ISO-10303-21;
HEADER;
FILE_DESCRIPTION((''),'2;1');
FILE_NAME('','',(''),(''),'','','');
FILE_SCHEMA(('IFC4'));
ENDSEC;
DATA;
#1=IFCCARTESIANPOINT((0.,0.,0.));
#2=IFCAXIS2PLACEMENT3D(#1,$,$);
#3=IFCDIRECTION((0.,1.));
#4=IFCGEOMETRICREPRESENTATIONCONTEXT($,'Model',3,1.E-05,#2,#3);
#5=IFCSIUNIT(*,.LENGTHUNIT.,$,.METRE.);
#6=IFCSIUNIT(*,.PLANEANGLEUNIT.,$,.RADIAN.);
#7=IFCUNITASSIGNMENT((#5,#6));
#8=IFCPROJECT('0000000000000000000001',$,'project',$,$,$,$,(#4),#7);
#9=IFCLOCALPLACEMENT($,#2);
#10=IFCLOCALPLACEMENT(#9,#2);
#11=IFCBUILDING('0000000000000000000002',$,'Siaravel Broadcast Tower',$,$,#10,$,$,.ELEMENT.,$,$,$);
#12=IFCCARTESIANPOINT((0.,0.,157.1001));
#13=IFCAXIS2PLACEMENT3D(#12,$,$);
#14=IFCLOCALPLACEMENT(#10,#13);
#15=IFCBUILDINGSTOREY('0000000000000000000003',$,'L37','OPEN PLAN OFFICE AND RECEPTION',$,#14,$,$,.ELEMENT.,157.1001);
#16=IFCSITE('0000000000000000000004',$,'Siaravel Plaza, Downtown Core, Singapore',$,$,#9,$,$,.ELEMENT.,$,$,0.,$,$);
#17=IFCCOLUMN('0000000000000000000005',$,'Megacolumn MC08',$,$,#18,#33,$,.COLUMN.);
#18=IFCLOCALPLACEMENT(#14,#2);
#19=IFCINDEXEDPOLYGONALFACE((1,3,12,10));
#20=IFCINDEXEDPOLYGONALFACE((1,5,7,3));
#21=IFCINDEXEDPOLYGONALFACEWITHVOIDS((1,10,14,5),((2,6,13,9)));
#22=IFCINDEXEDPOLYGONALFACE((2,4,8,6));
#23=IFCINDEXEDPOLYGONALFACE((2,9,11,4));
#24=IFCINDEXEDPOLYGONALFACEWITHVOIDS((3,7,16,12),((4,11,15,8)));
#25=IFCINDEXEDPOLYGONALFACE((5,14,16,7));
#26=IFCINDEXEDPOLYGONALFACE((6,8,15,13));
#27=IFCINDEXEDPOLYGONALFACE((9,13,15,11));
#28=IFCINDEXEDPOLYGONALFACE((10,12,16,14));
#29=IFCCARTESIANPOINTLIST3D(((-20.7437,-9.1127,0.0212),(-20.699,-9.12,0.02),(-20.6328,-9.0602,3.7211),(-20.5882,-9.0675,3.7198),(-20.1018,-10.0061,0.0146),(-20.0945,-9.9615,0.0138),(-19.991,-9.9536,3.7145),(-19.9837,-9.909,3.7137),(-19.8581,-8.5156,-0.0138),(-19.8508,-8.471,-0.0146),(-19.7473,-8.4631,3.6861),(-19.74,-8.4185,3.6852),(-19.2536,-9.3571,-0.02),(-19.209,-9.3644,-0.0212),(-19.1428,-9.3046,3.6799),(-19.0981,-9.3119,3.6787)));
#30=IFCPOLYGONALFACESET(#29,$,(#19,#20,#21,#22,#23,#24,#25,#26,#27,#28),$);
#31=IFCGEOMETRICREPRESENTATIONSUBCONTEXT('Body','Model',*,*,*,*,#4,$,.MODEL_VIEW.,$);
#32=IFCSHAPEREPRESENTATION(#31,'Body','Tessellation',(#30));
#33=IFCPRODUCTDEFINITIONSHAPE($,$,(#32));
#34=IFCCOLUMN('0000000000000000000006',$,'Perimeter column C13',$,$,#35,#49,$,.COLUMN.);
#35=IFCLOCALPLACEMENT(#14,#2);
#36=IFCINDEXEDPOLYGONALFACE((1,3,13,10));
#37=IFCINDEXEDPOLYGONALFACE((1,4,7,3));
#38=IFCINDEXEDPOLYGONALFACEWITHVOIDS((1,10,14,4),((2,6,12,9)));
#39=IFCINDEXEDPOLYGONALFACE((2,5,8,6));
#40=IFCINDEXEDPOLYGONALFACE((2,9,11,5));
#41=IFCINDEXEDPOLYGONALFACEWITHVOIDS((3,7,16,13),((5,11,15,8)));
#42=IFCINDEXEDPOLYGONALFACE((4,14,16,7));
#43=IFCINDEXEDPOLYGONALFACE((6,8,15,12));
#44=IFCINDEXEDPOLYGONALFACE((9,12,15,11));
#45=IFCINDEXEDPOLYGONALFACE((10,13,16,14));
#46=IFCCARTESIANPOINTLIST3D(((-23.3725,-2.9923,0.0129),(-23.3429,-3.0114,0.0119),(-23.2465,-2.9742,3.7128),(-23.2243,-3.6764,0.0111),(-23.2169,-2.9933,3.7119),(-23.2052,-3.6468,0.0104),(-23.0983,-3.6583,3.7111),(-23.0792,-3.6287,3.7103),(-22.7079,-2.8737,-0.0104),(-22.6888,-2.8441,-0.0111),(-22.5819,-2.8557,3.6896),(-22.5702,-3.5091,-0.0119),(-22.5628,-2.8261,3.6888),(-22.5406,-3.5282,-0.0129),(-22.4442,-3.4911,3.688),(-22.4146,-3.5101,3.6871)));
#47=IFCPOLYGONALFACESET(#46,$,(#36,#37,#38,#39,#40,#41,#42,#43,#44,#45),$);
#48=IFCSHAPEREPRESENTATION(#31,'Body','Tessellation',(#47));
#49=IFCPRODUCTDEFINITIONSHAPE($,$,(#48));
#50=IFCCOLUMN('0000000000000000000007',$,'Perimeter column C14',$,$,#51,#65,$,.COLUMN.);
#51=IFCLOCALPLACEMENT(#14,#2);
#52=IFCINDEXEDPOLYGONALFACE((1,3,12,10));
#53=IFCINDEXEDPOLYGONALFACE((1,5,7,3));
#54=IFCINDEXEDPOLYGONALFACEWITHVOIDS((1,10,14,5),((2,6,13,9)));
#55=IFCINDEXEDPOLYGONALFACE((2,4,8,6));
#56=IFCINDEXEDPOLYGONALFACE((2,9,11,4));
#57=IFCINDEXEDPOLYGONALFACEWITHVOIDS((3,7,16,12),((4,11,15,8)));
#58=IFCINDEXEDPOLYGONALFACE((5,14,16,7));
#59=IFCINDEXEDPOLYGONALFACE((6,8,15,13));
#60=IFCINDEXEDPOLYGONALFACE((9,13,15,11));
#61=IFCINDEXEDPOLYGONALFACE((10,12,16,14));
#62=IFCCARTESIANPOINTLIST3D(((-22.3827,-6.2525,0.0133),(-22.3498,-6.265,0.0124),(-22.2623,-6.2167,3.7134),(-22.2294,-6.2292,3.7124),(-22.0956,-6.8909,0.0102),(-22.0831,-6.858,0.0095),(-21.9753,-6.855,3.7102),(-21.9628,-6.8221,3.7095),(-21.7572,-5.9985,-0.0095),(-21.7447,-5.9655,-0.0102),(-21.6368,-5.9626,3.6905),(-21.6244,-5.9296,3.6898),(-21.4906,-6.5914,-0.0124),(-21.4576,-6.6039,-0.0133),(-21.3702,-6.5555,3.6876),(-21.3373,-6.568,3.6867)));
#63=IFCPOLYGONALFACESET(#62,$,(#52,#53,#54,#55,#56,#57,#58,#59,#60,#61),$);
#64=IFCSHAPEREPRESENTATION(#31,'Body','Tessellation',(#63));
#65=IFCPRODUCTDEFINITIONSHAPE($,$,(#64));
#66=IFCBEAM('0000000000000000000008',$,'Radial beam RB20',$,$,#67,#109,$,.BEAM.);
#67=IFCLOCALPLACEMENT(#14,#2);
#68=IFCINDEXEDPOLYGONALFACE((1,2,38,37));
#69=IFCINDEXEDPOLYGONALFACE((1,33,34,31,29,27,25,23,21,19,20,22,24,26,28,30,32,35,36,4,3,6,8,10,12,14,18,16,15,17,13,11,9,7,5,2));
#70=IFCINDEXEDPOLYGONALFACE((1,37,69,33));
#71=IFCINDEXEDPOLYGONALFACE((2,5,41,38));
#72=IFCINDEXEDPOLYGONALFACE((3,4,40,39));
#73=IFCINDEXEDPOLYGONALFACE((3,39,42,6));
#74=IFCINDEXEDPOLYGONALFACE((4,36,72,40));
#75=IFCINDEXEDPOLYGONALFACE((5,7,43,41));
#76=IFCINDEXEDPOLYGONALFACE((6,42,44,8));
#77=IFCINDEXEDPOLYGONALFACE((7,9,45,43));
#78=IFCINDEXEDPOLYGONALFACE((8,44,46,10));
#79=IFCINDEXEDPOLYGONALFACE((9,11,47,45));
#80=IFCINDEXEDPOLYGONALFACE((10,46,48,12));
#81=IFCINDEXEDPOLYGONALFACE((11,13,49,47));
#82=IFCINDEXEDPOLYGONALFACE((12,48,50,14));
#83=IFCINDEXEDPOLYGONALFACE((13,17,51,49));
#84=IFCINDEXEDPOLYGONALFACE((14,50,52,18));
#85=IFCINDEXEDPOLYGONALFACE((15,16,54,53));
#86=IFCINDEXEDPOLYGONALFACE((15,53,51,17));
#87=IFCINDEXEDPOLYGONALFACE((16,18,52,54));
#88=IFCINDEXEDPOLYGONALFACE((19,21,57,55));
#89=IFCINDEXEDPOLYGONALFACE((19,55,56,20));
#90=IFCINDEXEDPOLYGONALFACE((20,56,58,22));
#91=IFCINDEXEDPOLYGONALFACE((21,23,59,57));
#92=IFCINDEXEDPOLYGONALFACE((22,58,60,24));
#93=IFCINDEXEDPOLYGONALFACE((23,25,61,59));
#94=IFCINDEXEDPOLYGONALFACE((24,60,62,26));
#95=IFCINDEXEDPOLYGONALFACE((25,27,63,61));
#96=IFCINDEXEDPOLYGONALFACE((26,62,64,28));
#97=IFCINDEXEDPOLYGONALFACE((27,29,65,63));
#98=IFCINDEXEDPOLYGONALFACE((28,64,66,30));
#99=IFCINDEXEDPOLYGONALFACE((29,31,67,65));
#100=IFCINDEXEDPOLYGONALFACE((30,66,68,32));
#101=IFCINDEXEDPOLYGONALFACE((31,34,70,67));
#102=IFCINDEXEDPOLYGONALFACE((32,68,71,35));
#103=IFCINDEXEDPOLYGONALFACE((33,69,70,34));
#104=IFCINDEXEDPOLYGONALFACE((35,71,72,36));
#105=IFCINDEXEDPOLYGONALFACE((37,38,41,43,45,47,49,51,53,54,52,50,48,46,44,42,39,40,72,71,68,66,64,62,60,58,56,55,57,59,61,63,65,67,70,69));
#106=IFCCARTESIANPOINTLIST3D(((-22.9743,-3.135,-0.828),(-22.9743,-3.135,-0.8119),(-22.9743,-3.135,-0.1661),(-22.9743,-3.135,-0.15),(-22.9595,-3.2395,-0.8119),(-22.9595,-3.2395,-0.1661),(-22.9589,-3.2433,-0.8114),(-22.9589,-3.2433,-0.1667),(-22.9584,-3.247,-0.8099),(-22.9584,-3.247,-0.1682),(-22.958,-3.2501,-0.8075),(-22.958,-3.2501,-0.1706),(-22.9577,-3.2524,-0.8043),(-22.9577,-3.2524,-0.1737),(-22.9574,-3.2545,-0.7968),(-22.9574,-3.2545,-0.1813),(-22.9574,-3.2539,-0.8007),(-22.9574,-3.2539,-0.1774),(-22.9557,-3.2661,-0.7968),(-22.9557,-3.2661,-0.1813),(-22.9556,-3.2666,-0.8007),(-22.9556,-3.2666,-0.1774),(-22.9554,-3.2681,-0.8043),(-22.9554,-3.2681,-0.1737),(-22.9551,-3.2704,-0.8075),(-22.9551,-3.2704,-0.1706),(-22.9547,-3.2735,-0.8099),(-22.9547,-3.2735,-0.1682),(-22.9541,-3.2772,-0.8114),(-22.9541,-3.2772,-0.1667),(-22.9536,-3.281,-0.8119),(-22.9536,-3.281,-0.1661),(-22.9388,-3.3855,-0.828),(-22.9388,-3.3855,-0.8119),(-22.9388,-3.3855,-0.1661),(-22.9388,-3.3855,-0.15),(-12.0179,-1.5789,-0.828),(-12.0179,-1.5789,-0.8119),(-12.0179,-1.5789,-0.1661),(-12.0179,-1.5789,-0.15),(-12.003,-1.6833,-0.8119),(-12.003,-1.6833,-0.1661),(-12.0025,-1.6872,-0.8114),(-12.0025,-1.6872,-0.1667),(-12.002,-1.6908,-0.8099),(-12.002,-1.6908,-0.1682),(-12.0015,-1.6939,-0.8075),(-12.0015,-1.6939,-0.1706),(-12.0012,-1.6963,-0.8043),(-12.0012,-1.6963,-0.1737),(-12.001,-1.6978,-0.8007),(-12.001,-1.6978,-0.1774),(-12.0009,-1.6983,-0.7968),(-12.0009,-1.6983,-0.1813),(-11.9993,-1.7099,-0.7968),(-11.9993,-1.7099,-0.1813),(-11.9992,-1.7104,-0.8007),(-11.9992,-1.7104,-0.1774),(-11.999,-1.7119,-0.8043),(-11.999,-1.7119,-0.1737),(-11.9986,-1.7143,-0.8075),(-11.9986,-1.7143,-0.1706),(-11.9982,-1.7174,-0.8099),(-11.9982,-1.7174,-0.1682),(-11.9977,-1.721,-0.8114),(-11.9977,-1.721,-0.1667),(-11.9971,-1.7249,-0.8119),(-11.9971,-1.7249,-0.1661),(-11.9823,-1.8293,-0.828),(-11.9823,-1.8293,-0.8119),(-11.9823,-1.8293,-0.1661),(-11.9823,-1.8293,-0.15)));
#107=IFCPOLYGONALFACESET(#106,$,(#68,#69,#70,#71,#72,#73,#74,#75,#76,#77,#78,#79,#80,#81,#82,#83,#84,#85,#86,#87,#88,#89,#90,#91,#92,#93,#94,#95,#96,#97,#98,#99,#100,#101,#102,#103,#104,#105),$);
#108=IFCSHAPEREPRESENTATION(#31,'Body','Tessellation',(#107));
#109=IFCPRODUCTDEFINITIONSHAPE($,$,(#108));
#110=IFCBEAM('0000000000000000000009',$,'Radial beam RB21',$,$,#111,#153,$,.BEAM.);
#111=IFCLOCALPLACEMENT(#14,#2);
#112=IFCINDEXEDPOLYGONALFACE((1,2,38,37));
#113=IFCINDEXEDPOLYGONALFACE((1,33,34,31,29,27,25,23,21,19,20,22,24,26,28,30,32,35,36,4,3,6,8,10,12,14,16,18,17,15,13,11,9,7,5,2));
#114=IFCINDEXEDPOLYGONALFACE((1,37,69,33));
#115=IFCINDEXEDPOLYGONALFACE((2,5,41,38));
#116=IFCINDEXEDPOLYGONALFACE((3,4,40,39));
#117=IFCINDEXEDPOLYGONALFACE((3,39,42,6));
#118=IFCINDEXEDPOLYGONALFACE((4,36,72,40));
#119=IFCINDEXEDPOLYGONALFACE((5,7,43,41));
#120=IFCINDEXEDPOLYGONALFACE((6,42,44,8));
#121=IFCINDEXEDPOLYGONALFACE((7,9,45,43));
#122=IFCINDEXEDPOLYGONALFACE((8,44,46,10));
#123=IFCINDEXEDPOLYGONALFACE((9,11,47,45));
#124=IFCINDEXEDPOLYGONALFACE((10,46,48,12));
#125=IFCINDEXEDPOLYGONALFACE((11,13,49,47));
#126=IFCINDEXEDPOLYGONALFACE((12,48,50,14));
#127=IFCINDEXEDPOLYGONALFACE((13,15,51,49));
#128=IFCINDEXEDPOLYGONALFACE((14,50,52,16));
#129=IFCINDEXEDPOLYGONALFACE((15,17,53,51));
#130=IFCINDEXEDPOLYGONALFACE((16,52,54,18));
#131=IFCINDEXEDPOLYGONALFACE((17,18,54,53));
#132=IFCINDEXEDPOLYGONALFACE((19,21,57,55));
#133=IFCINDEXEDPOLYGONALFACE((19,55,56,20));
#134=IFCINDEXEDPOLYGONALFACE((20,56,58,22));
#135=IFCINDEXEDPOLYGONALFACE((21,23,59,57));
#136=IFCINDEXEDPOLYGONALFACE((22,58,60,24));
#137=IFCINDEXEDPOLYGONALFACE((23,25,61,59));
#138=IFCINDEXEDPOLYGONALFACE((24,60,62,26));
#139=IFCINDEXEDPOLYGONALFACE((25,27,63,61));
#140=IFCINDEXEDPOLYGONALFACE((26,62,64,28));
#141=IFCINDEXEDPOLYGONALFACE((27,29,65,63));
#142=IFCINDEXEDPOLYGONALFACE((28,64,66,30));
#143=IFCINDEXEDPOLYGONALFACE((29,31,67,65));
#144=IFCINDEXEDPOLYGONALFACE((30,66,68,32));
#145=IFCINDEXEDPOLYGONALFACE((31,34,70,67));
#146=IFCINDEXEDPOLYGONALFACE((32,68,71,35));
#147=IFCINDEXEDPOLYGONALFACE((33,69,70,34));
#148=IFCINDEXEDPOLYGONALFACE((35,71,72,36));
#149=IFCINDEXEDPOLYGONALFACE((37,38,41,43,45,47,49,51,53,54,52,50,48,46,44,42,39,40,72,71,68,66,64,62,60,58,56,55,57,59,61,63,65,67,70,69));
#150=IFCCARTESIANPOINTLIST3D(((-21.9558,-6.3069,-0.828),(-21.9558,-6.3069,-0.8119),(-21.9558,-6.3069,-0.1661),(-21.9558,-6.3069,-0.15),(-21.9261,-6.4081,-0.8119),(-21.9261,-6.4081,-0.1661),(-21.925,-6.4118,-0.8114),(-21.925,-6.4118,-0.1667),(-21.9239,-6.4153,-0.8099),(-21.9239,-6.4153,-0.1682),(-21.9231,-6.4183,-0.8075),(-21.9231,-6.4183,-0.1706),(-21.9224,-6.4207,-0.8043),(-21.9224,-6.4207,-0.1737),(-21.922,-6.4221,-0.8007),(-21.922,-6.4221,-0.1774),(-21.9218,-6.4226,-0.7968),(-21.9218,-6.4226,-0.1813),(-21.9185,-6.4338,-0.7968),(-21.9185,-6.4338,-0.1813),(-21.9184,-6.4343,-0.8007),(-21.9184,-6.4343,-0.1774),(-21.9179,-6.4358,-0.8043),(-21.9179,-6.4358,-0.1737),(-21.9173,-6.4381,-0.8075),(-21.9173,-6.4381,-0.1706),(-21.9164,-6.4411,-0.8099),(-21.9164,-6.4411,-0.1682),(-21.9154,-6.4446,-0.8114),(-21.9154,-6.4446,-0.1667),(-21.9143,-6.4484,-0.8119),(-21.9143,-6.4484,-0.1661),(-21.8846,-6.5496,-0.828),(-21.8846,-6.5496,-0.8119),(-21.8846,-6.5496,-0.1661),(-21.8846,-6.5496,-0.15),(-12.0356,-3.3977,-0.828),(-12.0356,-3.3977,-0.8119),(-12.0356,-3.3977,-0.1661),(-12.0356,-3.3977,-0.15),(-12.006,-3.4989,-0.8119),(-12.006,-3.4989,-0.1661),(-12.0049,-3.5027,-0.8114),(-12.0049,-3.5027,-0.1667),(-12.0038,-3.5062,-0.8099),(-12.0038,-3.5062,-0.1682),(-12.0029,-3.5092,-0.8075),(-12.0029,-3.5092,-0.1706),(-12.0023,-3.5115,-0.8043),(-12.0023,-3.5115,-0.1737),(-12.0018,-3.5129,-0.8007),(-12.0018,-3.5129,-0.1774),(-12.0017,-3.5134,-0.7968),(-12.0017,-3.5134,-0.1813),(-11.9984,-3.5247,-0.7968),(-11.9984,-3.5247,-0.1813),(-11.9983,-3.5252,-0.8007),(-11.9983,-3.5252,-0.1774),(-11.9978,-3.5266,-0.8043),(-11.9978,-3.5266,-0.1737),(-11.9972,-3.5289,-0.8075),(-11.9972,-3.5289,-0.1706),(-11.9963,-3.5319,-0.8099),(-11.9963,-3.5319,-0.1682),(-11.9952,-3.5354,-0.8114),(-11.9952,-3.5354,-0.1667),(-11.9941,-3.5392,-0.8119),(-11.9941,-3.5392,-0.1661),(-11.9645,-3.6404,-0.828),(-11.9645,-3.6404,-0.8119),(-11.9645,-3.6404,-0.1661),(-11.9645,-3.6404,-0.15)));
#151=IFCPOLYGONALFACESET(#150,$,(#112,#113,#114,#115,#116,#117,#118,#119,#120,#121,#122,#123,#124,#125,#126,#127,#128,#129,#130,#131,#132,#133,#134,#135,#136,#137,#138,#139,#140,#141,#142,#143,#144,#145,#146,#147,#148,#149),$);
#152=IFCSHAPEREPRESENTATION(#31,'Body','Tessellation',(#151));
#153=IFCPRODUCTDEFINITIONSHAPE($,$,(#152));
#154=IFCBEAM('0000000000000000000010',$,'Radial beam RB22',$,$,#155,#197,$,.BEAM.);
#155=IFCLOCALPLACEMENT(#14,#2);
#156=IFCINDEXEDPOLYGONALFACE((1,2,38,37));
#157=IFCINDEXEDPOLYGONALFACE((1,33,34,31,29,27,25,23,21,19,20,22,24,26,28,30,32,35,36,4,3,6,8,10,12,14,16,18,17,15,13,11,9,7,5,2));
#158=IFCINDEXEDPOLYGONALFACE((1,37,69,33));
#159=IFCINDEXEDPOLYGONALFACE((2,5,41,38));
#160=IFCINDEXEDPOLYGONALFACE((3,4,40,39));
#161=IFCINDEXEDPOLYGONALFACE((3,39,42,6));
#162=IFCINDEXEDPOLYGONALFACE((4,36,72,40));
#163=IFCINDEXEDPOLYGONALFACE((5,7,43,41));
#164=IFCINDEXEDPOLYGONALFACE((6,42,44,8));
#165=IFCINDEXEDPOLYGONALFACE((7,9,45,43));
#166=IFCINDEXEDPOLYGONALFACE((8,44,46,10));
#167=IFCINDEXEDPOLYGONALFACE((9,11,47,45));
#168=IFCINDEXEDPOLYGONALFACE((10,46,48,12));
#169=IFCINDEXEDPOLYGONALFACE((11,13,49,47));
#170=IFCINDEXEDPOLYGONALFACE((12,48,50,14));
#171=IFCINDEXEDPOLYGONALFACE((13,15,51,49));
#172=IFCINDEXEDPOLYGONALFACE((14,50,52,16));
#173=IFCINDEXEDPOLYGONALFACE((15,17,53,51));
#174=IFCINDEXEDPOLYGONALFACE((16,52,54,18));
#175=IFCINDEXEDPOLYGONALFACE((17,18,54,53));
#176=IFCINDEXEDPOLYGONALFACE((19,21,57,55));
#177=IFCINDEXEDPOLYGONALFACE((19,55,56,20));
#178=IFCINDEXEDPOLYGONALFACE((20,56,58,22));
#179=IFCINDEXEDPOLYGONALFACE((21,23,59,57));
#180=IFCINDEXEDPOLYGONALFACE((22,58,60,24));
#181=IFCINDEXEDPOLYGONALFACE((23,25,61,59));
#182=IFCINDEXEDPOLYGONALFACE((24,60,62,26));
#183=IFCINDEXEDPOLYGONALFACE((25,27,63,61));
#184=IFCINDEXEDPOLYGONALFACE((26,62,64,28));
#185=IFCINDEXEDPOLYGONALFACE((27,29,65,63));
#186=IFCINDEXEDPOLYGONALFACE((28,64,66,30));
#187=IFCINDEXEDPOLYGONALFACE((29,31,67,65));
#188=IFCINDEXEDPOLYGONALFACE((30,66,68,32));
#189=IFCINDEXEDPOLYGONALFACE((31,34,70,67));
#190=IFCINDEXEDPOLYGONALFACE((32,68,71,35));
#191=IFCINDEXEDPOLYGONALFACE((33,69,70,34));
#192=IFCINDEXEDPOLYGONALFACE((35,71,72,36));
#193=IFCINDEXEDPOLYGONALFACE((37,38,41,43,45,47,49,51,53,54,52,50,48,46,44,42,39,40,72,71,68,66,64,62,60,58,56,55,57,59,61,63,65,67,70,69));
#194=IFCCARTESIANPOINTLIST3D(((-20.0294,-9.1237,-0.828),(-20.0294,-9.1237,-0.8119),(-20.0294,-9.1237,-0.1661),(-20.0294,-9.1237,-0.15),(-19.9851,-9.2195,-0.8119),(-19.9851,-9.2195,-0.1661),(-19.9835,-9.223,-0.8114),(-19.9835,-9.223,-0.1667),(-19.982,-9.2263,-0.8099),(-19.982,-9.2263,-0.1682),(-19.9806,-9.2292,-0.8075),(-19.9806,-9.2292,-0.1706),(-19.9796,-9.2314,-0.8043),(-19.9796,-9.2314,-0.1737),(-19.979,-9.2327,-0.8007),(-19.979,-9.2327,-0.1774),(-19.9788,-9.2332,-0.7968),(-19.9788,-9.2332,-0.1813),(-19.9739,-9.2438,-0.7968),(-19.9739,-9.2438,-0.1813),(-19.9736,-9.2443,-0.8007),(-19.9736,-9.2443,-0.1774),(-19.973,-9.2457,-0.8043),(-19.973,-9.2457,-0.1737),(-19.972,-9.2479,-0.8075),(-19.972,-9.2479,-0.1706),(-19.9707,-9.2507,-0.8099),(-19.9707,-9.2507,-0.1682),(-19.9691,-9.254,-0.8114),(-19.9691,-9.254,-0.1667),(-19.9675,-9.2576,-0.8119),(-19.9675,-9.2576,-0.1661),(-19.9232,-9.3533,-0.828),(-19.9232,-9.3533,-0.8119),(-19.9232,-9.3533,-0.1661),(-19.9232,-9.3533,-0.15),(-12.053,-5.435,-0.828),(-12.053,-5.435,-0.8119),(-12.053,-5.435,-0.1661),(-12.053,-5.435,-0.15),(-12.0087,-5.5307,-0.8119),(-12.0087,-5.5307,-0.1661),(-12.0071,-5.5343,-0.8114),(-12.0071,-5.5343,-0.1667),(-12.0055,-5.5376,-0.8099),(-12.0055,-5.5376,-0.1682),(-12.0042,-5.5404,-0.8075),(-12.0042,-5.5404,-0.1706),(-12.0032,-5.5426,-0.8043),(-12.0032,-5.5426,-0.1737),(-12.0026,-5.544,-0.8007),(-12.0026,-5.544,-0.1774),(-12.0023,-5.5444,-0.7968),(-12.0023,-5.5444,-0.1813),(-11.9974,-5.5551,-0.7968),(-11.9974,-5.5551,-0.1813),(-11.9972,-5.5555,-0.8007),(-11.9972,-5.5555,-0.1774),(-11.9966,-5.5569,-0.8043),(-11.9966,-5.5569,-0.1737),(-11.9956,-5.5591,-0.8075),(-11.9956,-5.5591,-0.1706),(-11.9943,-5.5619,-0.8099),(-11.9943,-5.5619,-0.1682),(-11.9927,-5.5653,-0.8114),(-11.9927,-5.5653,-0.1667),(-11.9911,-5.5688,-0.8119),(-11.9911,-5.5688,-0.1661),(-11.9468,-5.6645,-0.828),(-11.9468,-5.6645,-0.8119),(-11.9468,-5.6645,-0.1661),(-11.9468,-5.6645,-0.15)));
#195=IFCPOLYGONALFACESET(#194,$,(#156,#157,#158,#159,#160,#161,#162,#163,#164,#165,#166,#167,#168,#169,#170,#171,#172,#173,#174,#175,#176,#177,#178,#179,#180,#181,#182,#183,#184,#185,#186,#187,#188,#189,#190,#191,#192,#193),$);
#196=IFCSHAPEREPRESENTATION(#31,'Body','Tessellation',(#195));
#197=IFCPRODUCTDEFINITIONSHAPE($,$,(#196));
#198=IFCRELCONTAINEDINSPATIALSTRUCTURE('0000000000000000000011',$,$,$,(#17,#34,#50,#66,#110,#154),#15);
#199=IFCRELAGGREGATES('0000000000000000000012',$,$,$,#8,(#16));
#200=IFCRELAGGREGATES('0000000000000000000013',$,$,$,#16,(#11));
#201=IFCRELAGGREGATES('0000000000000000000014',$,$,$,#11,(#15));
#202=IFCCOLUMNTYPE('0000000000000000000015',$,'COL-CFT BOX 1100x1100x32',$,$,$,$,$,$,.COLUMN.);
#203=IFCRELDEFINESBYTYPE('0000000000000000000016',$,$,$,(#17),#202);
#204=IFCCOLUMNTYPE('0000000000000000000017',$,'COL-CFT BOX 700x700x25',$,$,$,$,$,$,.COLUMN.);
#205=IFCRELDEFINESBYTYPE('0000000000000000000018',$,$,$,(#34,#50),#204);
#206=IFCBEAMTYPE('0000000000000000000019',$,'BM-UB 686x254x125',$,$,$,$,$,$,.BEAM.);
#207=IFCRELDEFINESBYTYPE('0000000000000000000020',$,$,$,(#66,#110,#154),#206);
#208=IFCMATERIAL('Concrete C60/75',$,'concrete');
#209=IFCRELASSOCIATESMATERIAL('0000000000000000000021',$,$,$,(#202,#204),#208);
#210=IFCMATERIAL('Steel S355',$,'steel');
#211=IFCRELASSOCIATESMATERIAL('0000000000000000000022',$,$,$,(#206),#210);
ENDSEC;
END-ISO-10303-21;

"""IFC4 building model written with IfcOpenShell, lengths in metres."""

from ifc_helpers import new_model, si_unit, direction, frame, origin, origin_2d, place, context, subcontext, project, spatial, hollow_rectangle, i_section, extrude, material, material_profile, profile_set, type_object, element, save


model = new_model("IFC4")

# Units and contexts
model_context = context("Model", 3, precision=1e-05, world=origin(), true_north=direction((0.0, 1.0)))
body_context = subcontext(model_context, "Body", "Model", "MODEL_VIEW")
ifc_project = project(units=[si_unit("LENGTHUNIT", "METRE"), si_unit("PLANEANGLEUNIT", "RADIAN")], contexts=[model_context])

# Site, building, storey
site_placement = place(None, origin())
site = spatial("IfcSite", under=ifc_project, at=site_placement, Name="Siaravel Plaza, Downtown Core, Singapore", CompositionType="ELEMENT", RefElevation=0.0)
building_placement = place(site_placement, origin())
building = spatial("IfcBuilding", under=site, at=building_placement, Name="Siaravel Broadcast Tower", CompositionType="ELEMENT")
storey_placement = place(building_placement, frame((0.0, 0.0, 157.1001)))
storey = spatial("IfcBuildingStorey", under=building, at=storey_placement, Name="L37", Description="OPEN PLAN OFFICE AND RECEPTION", CompositionType="ELEMENT", Elevation=157.1001)

# Columns
ifc_material_1 = material(Name="Concrete C60/75", Category="concrete")
ifc_material_profile_1 = material_profile(ifc_material_1, hollow_rectangle(XDim=1.1001, YDim=1.1001, WallThickness=0.032, at=origin_2d()))
ifc_profile_set_1 = profile_set([ifc_material_profile_1], Name="Concrete C60/75")
column_type_1 = type_object("IfcColumnType", Name="COL-CFT BOX 1100x1100x32", PredefinedType="COLUMN", material=ifc_profile_set_1)
column_placement = place(storey_placement, frame((-19.9763, -9.2385, 0.0), z_axis=(0.029941, 0.014179, 0.999451), x_axis=(-0.583448, 0.812128, 0.005957)))
element("IfcColumn", 1, at=column_placement, inside=storey, type_object=column_type_1, Name="Megacolumn MC08", PredefinedType="COLUMN", context=body_context, shape_type="SweptSolid", body=[
    extrude(hollow_rectangle(XDim=1.1001, YDim=1.1001, WallThickness=0.032, at=origin_2d()), origin(), (0.0, 0.0, 1.0), 3.7019),
])
ifc_material_profile_2 = material_profile(ifc_material_1, hollow_rectangle(XDim=0.7, YDim=0.7, WallThickness=0.0249, at=origin_2d()))
ifc_profile_set_2 = profile_set([ifc_material_profile_2], Name="Concrete C60/75")
column_type_2 = type_object("IfcColumnType", Name="COL-CFT BOX 700x700x25", PredefinedType="COLUMN", material=ifc_profile_set_2)
for number, where, z_axis, x_axis, name in (
    (2, (-22.9565, -3.2603, 0.0), (0.034028, 0.00488, 0.999409), (-0.21173, 0.977325, 0.002437), "Perimeter column C13"),
    (3, (-21.9202, -6.4282, 0.0), (0.032512, 0.009694, 0.999424), (-0.410124, 0.912019, 0.004495), "Perimeter column C14"),
):
    element("IfcColumn", number, at=place(storey_placement, frame(where, z_axis=z_axis, x_axis=x_axis)), inside=storey, type_object=column_type_2, Name=name, PredefinedType="COLUMN", context=body_context, shape_type="SweptSolid", body=[
        extrude(hollow_rectangle(XDim=0.7, YDim=0.7, WallThickness=0.0249, at=origin_2d()), origin(), (0.0, 0.0, 1.0), 3.7021),
    ])

# Beams
ifc_material_2 = material(Name="Steel S355", Category="steel")
ifc_material_profile_3 = material_profile(ifc_material_2, i_section(OverallWidth=0.2529, OverallDepth=0.678, WebThickness=0.0117, FlangeThickness=0.0161, FilletRadius=0.0151, at=origin_2d()))
ifc_profile_set_3 = profile_set([ifc_material_profile_3], Name="Steel S355")
beam_type = type_object("IfcBeamType", Name="BM-UB 686x254x125", PredefinedType="BEAM", material=ifc_profile_set_3)
beam_1_placement = place(storey_placement, frame((-22.9565, -3.2603, -0.489), z_axis=(0.990064, 0.140618, 0.0), x_axis=(-0.140618, 0.990064, 0.0)))
element("IfcBeam", 4, at=beam_1_placement, inside=storey, type_object=beam_type, Name="Radial beam RB20", PredefinedType="BEAM", context=body_context, shape_type="SweptSolid", body=[
    extrude(i_section(OverallWidth=0.2529, OverallDepth=0.678, WebThickness=0.0117, FlangeThickness=0.0161, FilletRadius=0.0151, at=origin_2d()), origin(), (0.0, 0.0, 1.0), 11.0664),
])
beam_2_placement = place(storey_placement, frame((-21.9202, -6.4282, -0.489), z_axis=(0.959588, 0.281408, 0.0), x_axis=(-0.281408, 0.959588, 0.0)))
element("IfcBeam", 5, at=beam_2_placement, inside=storey, type_object=beam_type, Name="Radial beam RB21", PredefinedType="BEAM", context=body_context, shape_type="SweptSolid", body=[
    extrude(i_section(OverallWidth=0.2529, OverallDepth=0.678, WebThickness=0.0117, FlangeThickness=0.0161, FilletRadius=0.0151, at=origin_2d()), origin(), (0.0, 0.0, 1.0), 10.3379),
])
beam_3_placement = place(storey_placement, frame((-19.9763, -9.2385, -0.489), z_axis=(0.907641, 0.419747, 0.0), x_axis=(-0.419747, 0.907641, 0.0)))
element("IfcBeam", 6, at=beam_3_placement, inside=storey, type_object=beam_type, Name="Radial beam RB22", PredefinedType="BEAM", context=body_context, shape_type="SweptSolid", body=[
    extrude(i_section(OverallWidth=0.2529, OverallDepth=0.678, WebThickness=0.0117, FlangeThickness=0.0161, FilletRadius=0.0151, at=origin_2d()), origin(), (0.0, 0.0, 1.0), 8.7881),
])

save(model, "model.ifc")
